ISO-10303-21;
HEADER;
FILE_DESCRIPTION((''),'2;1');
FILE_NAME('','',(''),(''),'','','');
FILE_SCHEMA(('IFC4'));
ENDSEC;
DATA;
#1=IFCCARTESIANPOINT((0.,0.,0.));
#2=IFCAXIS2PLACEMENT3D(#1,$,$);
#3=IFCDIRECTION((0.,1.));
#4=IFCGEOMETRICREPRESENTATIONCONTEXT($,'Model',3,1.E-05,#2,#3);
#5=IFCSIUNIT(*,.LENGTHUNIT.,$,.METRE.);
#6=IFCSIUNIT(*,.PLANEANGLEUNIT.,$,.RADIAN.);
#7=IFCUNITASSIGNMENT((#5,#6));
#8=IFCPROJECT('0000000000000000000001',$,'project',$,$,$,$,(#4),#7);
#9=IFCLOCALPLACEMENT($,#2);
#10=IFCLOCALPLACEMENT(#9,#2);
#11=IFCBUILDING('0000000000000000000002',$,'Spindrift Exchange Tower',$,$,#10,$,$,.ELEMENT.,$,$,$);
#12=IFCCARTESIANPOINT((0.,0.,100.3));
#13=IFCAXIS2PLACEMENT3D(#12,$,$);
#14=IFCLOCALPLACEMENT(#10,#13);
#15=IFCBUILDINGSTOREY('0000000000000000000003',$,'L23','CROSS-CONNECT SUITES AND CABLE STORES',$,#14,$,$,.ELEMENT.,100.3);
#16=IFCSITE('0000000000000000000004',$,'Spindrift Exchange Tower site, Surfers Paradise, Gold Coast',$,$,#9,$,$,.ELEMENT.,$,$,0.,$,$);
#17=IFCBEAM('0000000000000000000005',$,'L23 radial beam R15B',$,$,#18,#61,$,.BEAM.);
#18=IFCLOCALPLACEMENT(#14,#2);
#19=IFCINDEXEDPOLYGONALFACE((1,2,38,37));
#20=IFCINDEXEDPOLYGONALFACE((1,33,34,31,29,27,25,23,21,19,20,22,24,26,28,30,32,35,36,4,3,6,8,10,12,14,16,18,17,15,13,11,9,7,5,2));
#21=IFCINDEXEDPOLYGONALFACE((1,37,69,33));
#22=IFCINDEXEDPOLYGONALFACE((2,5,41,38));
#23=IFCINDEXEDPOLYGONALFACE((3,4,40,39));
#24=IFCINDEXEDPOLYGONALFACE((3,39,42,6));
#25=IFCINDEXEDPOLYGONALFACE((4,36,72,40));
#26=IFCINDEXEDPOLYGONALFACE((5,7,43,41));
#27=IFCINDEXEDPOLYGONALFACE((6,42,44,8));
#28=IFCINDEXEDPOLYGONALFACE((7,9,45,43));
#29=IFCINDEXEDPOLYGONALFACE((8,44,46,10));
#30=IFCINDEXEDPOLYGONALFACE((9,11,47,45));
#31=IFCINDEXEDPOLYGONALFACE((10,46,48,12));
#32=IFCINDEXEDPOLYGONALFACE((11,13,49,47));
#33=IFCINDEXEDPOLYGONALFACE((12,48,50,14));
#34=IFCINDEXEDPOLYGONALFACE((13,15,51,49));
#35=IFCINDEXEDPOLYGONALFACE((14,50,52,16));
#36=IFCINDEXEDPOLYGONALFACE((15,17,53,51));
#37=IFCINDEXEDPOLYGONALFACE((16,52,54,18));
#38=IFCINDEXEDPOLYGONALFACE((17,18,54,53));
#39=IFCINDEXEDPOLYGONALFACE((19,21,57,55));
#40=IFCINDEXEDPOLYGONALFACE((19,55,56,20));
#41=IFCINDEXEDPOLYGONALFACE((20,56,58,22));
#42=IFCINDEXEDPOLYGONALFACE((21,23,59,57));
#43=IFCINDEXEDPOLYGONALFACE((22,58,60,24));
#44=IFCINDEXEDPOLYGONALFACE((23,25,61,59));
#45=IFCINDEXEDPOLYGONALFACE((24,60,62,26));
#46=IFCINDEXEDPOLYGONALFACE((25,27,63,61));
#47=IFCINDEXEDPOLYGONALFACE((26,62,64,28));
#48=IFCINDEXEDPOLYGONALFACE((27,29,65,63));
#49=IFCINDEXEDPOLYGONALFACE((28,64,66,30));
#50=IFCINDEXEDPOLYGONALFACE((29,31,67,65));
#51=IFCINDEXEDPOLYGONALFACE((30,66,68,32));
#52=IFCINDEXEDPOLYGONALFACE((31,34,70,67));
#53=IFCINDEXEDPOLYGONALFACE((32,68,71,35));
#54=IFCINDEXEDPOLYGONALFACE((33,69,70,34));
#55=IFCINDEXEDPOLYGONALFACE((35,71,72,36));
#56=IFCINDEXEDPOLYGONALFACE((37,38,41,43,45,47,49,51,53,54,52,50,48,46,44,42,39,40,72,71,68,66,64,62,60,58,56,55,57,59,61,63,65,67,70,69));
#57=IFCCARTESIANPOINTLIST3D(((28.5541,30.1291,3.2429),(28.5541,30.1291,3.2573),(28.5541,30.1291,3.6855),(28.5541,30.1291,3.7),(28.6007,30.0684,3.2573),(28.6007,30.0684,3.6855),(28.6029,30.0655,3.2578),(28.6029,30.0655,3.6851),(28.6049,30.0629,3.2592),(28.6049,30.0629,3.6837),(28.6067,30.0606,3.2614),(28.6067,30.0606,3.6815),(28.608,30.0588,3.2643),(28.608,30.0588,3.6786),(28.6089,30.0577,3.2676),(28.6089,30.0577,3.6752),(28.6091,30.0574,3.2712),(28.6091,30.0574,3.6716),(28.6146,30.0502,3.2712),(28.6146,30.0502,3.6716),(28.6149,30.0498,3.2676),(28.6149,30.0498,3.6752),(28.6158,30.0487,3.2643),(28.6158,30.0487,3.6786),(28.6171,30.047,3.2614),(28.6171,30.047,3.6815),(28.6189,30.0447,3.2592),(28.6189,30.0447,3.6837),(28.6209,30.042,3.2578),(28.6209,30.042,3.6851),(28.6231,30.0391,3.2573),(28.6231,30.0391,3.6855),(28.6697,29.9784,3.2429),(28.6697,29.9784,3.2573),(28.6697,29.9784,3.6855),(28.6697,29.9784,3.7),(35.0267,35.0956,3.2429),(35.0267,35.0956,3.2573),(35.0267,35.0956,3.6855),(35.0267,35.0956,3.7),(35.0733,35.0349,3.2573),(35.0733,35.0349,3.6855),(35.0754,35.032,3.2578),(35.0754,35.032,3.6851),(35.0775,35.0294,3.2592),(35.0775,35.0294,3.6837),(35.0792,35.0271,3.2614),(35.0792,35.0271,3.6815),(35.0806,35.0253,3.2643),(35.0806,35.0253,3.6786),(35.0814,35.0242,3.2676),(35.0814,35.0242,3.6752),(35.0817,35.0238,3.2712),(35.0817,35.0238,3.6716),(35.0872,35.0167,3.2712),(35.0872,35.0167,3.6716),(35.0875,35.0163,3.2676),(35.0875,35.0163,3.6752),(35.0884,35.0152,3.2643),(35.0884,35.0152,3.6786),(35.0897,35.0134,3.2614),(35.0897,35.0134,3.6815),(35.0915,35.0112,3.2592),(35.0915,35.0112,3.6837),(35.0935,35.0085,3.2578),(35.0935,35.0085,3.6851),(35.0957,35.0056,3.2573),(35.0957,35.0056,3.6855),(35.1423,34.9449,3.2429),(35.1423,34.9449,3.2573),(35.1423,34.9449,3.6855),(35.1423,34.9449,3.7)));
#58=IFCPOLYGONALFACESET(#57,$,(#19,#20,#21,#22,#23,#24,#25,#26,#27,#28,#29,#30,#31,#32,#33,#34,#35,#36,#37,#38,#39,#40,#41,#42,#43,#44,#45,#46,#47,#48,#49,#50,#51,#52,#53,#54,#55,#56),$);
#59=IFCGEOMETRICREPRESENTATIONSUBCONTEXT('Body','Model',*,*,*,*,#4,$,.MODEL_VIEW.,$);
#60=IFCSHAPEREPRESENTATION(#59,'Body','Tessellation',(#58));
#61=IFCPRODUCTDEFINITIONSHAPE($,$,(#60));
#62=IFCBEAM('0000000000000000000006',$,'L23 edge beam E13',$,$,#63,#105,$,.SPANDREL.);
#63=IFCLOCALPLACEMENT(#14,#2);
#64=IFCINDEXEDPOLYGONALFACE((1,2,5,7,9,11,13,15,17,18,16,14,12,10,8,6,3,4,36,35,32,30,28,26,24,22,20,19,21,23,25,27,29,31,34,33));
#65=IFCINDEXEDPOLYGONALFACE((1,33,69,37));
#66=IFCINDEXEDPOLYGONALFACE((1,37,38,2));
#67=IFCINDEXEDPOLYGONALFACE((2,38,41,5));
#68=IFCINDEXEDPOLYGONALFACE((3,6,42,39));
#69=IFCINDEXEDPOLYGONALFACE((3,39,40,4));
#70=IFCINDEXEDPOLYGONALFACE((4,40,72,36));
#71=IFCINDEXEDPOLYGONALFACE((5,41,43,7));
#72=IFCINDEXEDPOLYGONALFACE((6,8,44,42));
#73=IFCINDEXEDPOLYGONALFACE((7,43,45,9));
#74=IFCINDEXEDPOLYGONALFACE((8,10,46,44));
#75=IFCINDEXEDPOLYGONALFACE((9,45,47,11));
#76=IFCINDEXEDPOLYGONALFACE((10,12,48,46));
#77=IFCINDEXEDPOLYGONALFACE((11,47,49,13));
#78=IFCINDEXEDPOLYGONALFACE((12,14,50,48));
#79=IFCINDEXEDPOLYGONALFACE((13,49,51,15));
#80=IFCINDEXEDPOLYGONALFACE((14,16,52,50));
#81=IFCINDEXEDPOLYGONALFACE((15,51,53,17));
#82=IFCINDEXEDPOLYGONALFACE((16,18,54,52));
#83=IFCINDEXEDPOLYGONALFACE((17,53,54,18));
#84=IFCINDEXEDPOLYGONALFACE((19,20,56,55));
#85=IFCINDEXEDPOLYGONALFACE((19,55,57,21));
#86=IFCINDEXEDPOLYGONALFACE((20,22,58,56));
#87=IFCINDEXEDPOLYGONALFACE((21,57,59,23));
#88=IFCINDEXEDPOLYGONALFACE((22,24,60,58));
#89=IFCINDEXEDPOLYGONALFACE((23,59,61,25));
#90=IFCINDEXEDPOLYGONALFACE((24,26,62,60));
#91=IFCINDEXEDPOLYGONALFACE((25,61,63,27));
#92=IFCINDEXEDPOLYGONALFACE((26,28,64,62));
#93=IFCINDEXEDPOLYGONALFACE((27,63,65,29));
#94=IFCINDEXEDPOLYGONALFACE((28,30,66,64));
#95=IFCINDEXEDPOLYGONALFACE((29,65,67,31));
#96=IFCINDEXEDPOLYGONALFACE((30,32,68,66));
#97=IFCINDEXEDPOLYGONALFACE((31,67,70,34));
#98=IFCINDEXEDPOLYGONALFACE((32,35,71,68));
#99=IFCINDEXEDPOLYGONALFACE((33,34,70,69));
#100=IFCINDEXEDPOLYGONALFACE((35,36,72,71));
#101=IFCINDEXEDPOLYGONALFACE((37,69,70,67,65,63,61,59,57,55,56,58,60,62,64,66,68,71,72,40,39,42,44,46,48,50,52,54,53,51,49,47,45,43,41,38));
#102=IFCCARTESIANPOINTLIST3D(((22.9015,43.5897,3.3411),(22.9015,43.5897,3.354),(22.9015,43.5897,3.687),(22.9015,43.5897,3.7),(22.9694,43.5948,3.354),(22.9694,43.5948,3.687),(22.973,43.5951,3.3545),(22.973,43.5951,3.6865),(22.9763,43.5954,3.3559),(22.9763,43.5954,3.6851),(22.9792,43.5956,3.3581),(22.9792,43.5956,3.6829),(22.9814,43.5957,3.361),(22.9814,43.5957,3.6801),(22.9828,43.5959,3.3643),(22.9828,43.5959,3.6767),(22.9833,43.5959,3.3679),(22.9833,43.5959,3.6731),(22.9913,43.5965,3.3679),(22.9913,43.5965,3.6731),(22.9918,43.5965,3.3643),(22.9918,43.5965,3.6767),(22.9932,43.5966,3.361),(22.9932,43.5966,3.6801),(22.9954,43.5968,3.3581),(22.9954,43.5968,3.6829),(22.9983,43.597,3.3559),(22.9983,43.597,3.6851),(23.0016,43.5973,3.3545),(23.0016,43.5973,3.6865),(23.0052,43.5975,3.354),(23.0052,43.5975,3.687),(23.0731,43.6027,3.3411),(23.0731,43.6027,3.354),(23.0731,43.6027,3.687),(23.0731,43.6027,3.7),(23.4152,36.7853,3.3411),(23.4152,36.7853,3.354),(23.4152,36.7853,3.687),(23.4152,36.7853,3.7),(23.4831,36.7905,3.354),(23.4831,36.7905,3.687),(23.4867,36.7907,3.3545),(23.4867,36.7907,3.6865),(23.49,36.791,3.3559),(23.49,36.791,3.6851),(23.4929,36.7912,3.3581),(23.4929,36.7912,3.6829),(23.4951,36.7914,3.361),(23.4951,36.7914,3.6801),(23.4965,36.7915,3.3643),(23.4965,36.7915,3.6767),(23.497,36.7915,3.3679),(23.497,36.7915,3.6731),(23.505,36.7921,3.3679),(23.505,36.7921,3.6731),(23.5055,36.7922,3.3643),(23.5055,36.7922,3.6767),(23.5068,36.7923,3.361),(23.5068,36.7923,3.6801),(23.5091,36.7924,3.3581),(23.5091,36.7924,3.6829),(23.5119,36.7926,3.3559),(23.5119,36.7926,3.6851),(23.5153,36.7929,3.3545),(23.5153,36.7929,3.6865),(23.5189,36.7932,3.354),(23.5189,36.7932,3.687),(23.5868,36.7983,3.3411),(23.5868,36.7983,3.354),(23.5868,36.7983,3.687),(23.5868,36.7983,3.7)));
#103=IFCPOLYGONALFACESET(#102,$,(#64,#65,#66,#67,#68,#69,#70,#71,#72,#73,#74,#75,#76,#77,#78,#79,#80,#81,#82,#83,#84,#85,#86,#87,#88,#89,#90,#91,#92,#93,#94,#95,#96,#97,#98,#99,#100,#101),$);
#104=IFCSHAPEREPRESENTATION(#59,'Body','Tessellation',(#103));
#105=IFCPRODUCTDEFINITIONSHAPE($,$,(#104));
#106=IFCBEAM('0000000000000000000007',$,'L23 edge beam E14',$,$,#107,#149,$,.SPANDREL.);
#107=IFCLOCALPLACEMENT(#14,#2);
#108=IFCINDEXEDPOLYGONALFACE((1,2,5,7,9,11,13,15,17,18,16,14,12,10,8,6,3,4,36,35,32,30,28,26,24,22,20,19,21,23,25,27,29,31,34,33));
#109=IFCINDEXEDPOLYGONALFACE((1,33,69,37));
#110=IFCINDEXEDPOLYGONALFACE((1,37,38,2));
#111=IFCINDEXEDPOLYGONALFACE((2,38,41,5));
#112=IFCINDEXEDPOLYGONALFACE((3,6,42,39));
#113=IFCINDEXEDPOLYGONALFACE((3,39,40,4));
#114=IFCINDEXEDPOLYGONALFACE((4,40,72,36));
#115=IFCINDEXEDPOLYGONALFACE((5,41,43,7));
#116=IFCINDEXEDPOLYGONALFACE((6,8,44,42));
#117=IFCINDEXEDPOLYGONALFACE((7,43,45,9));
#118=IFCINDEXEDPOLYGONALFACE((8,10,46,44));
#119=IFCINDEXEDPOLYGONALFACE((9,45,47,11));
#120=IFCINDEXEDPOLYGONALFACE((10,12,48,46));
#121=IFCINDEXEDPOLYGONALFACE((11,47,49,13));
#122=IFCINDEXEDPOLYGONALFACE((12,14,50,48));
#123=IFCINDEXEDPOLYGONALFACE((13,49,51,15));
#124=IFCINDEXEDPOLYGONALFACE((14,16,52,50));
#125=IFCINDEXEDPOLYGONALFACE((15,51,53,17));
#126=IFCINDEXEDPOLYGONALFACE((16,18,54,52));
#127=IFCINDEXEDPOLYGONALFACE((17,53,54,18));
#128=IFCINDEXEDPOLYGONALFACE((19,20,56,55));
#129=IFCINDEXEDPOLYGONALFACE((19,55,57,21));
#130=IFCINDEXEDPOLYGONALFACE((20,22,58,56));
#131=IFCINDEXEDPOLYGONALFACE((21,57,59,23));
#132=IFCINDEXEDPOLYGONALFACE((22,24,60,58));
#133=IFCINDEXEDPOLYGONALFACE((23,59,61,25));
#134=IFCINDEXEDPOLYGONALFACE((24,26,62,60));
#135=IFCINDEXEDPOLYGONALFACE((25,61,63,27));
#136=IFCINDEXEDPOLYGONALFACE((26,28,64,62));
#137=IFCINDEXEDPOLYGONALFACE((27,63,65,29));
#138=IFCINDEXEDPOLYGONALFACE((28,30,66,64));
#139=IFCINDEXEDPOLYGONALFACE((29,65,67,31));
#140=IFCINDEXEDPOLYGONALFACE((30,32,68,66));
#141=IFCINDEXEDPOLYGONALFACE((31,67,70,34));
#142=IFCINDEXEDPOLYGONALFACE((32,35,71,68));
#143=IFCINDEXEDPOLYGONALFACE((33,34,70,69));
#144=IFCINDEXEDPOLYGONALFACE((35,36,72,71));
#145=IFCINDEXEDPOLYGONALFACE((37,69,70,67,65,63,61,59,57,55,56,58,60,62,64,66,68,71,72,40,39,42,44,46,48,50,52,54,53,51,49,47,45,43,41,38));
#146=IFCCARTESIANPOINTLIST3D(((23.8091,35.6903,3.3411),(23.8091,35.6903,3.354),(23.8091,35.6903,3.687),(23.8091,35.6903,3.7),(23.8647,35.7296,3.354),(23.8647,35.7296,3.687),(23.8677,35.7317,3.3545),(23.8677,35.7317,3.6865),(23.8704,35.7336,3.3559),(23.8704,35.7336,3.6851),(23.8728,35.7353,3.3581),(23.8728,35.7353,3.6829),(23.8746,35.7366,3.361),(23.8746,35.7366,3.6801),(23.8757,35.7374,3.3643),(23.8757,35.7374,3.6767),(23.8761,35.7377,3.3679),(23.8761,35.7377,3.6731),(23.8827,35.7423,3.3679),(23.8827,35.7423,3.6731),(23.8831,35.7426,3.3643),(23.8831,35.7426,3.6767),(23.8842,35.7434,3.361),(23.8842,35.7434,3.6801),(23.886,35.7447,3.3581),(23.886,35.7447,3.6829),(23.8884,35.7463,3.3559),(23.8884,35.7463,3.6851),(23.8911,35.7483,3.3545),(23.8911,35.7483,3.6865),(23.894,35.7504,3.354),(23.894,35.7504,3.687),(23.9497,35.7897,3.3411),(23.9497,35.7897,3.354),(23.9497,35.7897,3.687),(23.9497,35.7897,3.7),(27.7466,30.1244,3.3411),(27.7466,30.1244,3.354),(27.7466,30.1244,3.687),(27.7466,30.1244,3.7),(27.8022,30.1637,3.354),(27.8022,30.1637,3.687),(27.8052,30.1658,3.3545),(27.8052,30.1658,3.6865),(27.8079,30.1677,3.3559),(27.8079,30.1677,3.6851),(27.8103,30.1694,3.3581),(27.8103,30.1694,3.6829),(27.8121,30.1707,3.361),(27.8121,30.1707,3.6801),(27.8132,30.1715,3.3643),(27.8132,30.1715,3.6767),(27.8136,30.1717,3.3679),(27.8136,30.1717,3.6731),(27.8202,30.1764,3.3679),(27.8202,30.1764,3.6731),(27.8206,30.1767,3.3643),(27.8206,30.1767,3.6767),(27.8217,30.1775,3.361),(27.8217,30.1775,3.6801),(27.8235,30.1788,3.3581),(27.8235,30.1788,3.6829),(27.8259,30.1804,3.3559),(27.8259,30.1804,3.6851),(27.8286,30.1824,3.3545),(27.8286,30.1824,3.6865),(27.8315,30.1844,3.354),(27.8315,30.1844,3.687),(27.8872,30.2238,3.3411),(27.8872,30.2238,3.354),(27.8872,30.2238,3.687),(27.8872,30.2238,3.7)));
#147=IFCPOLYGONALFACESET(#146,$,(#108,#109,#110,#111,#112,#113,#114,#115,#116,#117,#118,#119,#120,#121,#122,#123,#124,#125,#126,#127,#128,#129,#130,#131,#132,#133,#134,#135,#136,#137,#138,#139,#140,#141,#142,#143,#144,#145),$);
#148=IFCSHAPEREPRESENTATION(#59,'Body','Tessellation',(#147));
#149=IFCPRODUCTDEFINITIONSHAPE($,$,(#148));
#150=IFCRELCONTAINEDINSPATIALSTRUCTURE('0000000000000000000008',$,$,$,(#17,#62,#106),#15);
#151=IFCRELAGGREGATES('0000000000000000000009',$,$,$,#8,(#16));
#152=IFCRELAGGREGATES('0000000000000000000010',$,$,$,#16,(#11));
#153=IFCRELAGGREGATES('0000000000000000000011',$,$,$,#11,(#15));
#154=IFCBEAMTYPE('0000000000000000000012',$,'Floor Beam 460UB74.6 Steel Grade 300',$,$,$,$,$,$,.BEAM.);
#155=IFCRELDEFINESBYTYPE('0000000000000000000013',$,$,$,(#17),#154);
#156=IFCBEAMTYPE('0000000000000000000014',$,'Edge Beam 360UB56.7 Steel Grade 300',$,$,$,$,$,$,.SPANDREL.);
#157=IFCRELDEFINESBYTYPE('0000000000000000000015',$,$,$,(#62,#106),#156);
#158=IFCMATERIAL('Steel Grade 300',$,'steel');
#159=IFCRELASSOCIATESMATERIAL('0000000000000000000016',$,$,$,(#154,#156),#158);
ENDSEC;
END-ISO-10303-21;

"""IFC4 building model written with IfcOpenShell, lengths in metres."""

from ifc_helpers import new_model, si_unit, direction, frame, origin, origin_2d, place, context, subcontext, project, spatial, i_section, extrude, source, transform, mapped, material, material_profile, profile_set, type_object, element, save


model = new_model("IFC4")

# Units and contexts
model_context = context("Model", 3, precision=1e-05, world=origin(), true_north=direction((0.0, 1.0)))
body_context = subcontext(model_context, "Body", "Model", "MODEL_VIEW")
ifc_project = project(units=[si_unit("LENGTHUNIT", "METRE"), si_unit("PLANEANGLEUNIT", "RADIAN")], contexts=[model_context])

# Site, building, storey
site_placement = place(None, origin())
site = spatial("IfcSite", under=ifc_project, at=site_placement, Name="Spindrift Exchange Tower site, Surfers Paradise, Gold Coast", CompositionType="ELEMENT", RefElevation=0.0)
building_placement = place(site_placement, origin())
building = spatial("IfcBuilding", under=site, at=building_placement, Name="Spindrift Exchange Tower", CompositionType="ELEMENT")
storey_placement = place(building_placement, frame((0.0, 0.0, 100.3)))
storey = spatial("IfcBuildingStorey", under=building, at=storey_placement, Name="L23", Description="CROSS-CONNECT SUITES AND CABLE STORES", CompositionType="ELEMENT", Elevation=100.3)

# Beams
ifc_material_1 = material(Name="Steel Grade 300", Category="steel")
ifc_material_profile_1 = material_profile(ifc_material_1, i_section(OverallWidth=0.1899, OverallDepth=0.457, WebThickness=0.009, FlangeThickness=0.0144, FilletRadius=0.0139, at=origin_2d()), Name="460UB74.6")
ifc_profile_set_1 = profile_set([ifc_material_profile_1], Name="Steel Grade 300")
beam_type_1 = type_object("IfcBeamType", Name="Floor Beam 460UB74.6 Steel Grade 300", PredefinedType="BEAM", material=ifc_profile_set_1)
shared_shape_1 = source(origin(), body_context, "Body", "SweptSolid", [
    extrude(i_section(OverallWidth=0.1899, OverallDepth=0.457, WebThickness=0.009, FlangeThickness=0.0144, FilletRadius=0.0139, at=origin_2d()), origin(), (0.0, 0.0, 1.0), 8.1584),
])
beam_1_placement = place(storey_placement, frame((35.0845, 35.0203, 3.4714), z_axis=(-0.793359, -0.608754, 0.0), x_axis=(0.608754, -0.793359, 0.0)))
element("IfcBeam", 1, at=beam_1_placement, inside=storey, type_object=beam_type_1, Name="L23 radial beam R15B", PredefinedType="BEAM", context=body_context, shape_type="MappedRepresentation", body=[
    mapped(shared_shape_1, transform((0.0, 0.0, 0.0), scale=1.0)),
])
ifc_material_profile_2 = material_profile(ifc_material_1, i_section(OverallWidth=0.1721, OverallDepth=0.3589, WebThickness=0.0081, FlangeThickness=0.0129, FilletRadius=0.0139, at=origin_2d()), Name="360UB56.7")
ifc_profile_set_2 = profile_set([ifc_material_profile_2], Name="Steel Grade 300")
beam_type_2 = type_object("IfcBeamType", Name="Edge Beam 360UB56.7 Steel Grade 300", PredefinedType="SPANDREL", material=ifc_profile_set_2)
shared_shape_2 = source(origin(), body_context, "Body", "SweptSolid", [
    extrude(i_section(OverallWidth=0.1721, OverallDepth=0.3589, WebThickness=0.0081, FlangeThickness=0.0129, FilletRadius=0.0139, at=origin_2d()), origin(), (0.0, 0.0, 1.0), 6.8237),
])
beam_2_placement = place(storey_placement, frame((22.9873, 43.5962, 3.5205), z_axis=(0.075276, -0.997163, 0.0), x_axis=(0.997163, 0.075276, 0.0)))
element("IfcBeam", 2, at=beam_2_placement, inside=storey, type_object=beam_type_2, Name="L23 edge beam E13", PredefinedType="SPANDREL", context=body_context, shape_type="MappedRepresentation", body=[
    mapped(shared_shape_2, transform((0.0, 0.0, 0.0), scale=1.0)),
])
shared_shape_3 = source(origin(), body_context, "Body", "SweptSolid", [
    extrude(i_section(OverallWidth=0.1721, OverallDepth=0.3589, WebThickness=0.0081, FlangeThickness=0.0129, FilletRadius=0.0139, at=origin_2d()), origin(), (0.0, 0.0, 1.0), 6.8179),
])
beam_3_placement = place(storey_placement, frame((23.8794, 35.74, 3.5205), z_axis=(0.577526, -0.816372, 0.0), x_axis=(0.816372, 0.577526, 0.0)))
element("IfcBeam", 3, at=beam_3_placement, inside=storey, type_object=beam_type_2, Name="L23 edge beam E14", PredefinedType="SPANDREL", context=body_context, shape_type="MappedRepresentation", body=[
    mapped(shared_shape_3, transform((0.0, 0.0, 0.0), scale=1.0)),
])

save(model, "model.ifc")
